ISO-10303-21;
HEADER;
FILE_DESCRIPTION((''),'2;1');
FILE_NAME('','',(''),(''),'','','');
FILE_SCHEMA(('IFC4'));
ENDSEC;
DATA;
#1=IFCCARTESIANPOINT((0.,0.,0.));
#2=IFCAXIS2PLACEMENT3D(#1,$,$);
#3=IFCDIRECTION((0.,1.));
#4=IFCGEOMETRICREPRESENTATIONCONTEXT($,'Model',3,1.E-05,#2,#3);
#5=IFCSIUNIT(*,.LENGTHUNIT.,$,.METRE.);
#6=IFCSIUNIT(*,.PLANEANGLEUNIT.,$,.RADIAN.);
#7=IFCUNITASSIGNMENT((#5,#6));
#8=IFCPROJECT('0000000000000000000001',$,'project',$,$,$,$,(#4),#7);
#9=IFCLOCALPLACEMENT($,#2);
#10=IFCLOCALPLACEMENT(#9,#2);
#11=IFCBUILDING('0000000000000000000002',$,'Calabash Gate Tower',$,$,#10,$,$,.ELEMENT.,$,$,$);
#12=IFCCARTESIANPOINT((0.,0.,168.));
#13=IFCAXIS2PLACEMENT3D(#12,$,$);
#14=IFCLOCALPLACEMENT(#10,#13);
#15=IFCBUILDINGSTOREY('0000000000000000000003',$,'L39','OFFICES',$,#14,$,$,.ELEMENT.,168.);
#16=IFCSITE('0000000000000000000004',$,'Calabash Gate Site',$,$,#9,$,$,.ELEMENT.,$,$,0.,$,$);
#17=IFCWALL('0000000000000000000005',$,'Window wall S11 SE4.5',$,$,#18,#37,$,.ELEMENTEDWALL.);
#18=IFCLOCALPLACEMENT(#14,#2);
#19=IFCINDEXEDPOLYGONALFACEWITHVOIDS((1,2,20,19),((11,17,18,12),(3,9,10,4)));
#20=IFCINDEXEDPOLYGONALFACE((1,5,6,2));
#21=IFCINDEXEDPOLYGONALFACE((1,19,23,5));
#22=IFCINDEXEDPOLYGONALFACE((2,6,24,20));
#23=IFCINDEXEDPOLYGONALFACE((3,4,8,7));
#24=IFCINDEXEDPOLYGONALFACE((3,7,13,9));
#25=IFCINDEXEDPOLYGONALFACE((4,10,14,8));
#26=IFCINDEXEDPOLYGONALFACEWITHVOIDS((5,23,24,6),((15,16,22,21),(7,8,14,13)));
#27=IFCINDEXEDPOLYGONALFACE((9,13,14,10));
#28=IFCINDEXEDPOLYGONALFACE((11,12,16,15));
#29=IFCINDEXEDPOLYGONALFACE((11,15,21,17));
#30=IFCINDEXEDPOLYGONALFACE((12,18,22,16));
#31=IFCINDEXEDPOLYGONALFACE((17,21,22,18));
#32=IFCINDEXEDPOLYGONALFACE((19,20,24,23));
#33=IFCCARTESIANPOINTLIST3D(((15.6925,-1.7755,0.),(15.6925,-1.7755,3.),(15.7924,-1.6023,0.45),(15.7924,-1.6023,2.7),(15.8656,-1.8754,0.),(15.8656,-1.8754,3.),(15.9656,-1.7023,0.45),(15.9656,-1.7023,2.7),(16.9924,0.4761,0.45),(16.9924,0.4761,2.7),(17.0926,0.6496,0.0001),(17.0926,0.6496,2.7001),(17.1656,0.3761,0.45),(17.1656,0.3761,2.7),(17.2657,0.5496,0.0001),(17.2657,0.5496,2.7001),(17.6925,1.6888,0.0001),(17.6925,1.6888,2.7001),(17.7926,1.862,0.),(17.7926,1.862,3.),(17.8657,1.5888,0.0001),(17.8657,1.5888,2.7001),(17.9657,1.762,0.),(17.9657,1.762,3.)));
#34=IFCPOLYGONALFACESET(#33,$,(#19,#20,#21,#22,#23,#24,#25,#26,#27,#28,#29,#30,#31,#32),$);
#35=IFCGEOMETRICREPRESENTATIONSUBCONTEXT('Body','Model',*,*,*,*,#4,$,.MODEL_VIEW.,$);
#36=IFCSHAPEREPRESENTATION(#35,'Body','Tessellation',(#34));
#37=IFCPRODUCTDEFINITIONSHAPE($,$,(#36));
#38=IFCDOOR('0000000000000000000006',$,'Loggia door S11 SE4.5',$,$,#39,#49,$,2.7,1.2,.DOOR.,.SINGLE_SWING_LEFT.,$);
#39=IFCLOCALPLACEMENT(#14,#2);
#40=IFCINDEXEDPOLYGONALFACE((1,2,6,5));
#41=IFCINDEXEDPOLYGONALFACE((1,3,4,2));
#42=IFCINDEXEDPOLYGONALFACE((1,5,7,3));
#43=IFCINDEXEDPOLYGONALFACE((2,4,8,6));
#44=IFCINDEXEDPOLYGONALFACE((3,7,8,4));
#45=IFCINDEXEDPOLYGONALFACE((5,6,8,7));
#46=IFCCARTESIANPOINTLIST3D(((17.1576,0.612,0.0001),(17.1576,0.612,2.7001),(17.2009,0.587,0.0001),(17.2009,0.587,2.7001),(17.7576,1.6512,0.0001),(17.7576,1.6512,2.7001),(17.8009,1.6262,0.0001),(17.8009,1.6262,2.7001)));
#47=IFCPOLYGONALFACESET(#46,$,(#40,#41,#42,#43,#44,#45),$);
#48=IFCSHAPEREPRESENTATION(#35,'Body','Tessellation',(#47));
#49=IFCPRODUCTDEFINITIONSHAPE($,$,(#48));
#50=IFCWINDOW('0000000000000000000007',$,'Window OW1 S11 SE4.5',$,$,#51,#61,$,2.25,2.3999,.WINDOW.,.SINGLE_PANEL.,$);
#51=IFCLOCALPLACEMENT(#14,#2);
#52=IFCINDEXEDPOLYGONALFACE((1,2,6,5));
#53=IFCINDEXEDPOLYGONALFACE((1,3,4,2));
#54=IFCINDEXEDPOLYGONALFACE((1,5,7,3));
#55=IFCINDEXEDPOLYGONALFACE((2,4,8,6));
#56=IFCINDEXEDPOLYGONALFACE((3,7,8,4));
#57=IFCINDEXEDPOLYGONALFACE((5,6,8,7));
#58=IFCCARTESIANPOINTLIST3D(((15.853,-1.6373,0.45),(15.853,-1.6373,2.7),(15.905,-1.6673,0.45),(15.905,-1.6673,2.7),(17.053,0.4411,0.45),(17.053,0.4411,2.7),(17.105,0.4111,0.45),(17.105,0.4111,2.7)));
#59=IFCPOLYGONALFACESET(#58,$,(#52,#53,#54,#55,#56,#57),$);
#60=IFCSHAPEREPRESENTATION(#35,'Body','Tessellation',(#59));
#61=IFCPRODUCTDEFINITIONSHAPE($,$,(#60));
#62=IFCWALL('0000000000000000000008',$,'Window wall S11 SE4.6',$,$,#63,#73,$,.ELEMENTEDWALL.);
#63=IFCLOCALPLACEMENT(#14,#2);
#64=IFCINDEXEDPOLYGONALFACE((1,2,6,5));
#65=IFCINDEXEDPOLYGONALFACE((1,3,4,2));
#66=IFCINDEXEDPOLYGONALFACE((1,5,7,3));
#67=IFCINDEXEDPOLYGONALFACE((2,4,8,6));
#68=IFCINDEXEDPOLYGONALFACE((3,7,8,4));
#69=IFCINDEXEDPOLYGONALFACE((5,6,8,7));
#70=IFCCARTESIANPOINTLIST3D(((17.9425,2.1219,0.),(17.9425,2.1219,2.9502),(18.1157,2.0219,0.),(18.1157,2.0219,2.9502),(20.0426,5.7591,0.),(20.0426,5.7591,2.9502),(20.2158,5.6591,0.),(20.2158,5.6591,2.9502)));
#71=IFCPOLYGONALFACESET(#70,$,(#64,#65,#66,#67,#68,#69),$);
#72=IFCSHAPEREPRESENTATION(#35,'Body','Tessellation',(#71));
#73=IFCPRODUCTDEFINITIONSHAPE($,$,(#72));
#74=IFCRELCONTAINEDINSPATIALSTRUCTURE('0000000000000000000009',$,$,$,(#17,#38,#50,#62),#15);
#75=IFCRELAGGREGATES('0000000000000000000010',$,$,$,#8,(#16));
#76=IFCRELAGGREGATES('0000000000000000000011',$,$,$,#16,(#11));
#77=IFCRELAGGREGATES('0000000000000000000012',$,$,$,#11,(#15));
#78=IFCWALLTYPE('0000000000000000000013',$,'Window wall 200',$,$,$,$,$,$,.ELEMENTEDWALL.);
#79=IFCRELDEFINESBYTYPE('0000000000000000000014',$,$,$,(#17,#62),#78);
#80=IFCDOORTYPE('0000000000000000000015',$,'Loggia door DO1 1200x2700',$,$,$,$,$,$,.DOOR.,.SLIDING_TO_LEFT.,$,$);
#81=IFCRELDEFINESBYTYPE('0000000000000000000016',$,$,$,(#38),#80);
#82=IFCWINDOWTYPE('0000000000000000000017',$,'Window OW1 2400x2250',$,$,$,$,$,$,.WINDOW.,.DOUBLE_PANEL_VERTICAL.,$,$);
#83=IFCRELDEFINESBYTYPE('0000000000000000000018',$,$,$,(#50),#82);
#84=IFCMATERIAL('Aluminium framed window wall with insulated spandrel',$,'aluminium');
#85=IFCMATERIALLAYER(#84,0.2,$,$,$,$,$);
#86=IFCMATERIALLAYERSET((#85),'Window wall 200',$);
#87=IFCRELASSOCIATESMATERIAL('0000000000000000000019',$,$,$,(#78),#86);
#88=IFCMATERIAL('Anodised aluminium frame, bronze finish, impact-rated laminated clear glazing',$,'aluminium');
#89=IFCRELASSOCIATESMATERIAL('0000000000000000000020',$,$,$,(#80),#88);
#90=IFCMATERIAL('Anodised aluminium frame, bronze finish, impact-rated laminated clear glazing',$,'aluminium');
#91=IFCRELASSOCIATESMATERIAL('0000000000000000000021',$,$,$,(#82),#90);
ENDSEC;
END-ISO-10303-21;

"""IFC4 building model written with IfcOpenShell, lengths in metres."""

from ifc_helpers import new_model, si_unit, direction, frame, frame_2d, origin, place, context, subcontext, project, spatial, rectangle, extrude, material, layer, layer_set, type_object, element, fill, save


model = new_model("IFC4")

# Units and contexts
model_context = context("Model", 3, precision=1e-05, world=origin(), true_north=direction((0.0, 1.0)))
body_context = subcontext(model_context, "Body", "Model", "MODEL_VIEW")
ifc_project = project(units=[si_unit("LENGTHUNIT", "METRE"), si_unit("PLANEANGLEUNIT", "RADIAN")], contexts=[model_context])

# Site, building, storey
site_placement = place(None, origin())
site = spatial("IfcSite", under=ifc_project, at=site_placement, Name="Calabash Gate Site", CompositionType="ELEMENT", RefElevation=0.0)
building_placement = place(site_placement, origin())
building = spatial("IfcBuilding", under=site, at=building_placement, Name="Calabash Gate Tower", CompositionType="ELEMENT")
storey_placement = place(building_placement, frame((0.0, 0.0, 168.0)))
storey = spatial("IfcBuildingStorey", under=building, at=storey_placement, Name="L39", Description="OFFICES", CompositionType="ELEMENT", Elevation=168.0)

# Shared definitions
ifc_material_1 = material(Name="Aluminium framed window wall with insulated spandrel", Category="aluminium")
ifc_layer_1 = layer(ifc_material_1, 0.2)
ifc_layer_set_1 = layer_set([ifc_layer_1], Name="Window wall 200")
wall_type_1 = type_object("IfcWallType", Name="Window wall 200", PredefinedType="ELEMENTEDWALL", material=ifc_layer_set_1)
ifc_material_2 = material(Name="Anodised aluminium frame, bronze finish, impact-rated laminated clear glazing", Category="aluminium")
door_type_1 = type_object("IfcDoorType", Name="Loggia door DO1 1200x2700", OperationType="SLIDING_TO_LEFT", PredefinedType="DOOR", material=ifc_material_2)
ifc_material_3 = material(Name="Anodised aluminium frame, bronze finish, impact-rated laminated clear glazing", Category="aluminium")
window_type_1 = type_object("IfcWindowType", Name="Window OW1 2400x2250", PartitioningType="DOUBLE_PANEL_VERTICAL", PredefinedType="WINDOW", material=ifc_material_3)

# Wall, openings, door, window
wall_1_placement = place(storey_placement, frame((15.7791, -1.8254, 0.0), z_axis=(0.0, 0.0, 1.0), x_axis=(0.500003, 0.866024, 0.0)))
wall_1 = element("IfcWall", 1, at=wall_1_placement, inside=storey, type_object=wall_type_1, Name="Window wall S11 SE4.5", PredefinedType="ELEMENTEDWALL", context=body_context, shape_type="SweptSolid", body=[
    extrude(rectangle(XDim=4.2002, YDim=0.2, at=frame_2d((2.1001, 0.0))), origin(), (0.0, 0.0, 1.0), 3.0),
])
opening_1_placement = place(wall_1_placement, frame((0.2, 0.0, 0.45)))
opening_1 = element("IfcOpeningElement", 2, at=opening_1_placement, cuts=wall_1, PredefinedType="OPENING", context=body_context, shape_type="SweptSolid", body=[
    extrude(rectangle(XDim=2.3999, YDim=2.25, at=frame_2d((1.2, 1.125))), frame((0.0, 0.1099, 0.0), z_axis=(0.0, -1.0, 0.0), x_axis=(1.0, 0.0, 0.0)), (0.0, 0.0, 1.0), 0.22),
])
opening_2_placement = place(wall_1_placement, frame((2.8, 0.0, 0.0)))
opening_2 = element("IfcOpeningElement", 3, at=opening_2_placement, cuts=wall_1, PredefinedType="OPENING", context=body_context, shape_type="SweptSolid", body=[
    extrude(rectangle(XDim=1.2, YDim=2.7, at=frame_2d((0.6001, 1.3501))), frame((0.0, 0.1099, 0.0), z_axis=(0.0, -1.0, 0.0), x_axis=(1.0, 0.0, 0.0)), (0.0, 0.0, 1.0), 0.22),
])
door_1_placement = place(opening_2_placement, origin())
door_1 = element("IfcDoor", 4, at=door_1_placement, inside=storey, type_object=door_type_1, Name="Loggia door S11 SE4.5", OperationType="SINGLE_SWING_LEFT", OverallHeight=2.7, OverallWidth=1.2, PredefinedType="DOOR", context=body_context, shape_type="SweptSolid", body=[
    extrude(rectangle(XDim=1.2, YDim=2.7, at=frame_2d((0.6001, 1.3501))), frame((0.0, 0.0249, 0.0), z_axis=(0.0, -1.0, 0.0), x_axis=(1.0, 0.0, 0.0)), (0.0, 0.0, 1.0), 0.05),
])
fill(opening_2, door_1)
window_1_placement = place(opening_1_placement, origin())
window_1 = element("IfcWindow", 5, at=window_1_placement, inside=storey, type_object=window_type_1, Name="Window OW1 S11 SE4.5", OverallHeight=2.25, OverallWidth=2.3999, PartitioningType="SINGLE_PANEL", PredefinedType="WINDOW", context=body_context, shape_type="SweptSolid", body=[
    extrude(rectangle(XDim=2.3999, YDim=2.25, at=frame_2d((1.2, 1.125))), frame((0.0, 0.03, 0.0), z_axis=(0.0, -1.0, 0.0), x_axis=(1.0, 0.0, 0.0)), (0.0, 0.0, 1.0), 0.0601),
])
fill(opening_1, window_1)

# Wall
wall_2_placement = place(storey_placement, frame((18.0291, 2.0718, 0.0), z_axis=(0.0, 0.0, 1.0), x_axis=(0.500028, 0.866009, 0.0)))
element("IfcWall", 6, at=wall_2_placement, inside=storey, type_object=wall_type_1, Name="Window wall S11 SE4.6", PredefinedType="ELEMENTEDWALL", context=body_context, shape_type="SweptSolid", body=[
    extrude(rectangle(XDim=4.2, YDim=0.2, at=frame_2d((2.1001, 0.0))), origin(), (0.0, 0.0, 1.0), 2.9502),
])

save(model, "model.ifc")
